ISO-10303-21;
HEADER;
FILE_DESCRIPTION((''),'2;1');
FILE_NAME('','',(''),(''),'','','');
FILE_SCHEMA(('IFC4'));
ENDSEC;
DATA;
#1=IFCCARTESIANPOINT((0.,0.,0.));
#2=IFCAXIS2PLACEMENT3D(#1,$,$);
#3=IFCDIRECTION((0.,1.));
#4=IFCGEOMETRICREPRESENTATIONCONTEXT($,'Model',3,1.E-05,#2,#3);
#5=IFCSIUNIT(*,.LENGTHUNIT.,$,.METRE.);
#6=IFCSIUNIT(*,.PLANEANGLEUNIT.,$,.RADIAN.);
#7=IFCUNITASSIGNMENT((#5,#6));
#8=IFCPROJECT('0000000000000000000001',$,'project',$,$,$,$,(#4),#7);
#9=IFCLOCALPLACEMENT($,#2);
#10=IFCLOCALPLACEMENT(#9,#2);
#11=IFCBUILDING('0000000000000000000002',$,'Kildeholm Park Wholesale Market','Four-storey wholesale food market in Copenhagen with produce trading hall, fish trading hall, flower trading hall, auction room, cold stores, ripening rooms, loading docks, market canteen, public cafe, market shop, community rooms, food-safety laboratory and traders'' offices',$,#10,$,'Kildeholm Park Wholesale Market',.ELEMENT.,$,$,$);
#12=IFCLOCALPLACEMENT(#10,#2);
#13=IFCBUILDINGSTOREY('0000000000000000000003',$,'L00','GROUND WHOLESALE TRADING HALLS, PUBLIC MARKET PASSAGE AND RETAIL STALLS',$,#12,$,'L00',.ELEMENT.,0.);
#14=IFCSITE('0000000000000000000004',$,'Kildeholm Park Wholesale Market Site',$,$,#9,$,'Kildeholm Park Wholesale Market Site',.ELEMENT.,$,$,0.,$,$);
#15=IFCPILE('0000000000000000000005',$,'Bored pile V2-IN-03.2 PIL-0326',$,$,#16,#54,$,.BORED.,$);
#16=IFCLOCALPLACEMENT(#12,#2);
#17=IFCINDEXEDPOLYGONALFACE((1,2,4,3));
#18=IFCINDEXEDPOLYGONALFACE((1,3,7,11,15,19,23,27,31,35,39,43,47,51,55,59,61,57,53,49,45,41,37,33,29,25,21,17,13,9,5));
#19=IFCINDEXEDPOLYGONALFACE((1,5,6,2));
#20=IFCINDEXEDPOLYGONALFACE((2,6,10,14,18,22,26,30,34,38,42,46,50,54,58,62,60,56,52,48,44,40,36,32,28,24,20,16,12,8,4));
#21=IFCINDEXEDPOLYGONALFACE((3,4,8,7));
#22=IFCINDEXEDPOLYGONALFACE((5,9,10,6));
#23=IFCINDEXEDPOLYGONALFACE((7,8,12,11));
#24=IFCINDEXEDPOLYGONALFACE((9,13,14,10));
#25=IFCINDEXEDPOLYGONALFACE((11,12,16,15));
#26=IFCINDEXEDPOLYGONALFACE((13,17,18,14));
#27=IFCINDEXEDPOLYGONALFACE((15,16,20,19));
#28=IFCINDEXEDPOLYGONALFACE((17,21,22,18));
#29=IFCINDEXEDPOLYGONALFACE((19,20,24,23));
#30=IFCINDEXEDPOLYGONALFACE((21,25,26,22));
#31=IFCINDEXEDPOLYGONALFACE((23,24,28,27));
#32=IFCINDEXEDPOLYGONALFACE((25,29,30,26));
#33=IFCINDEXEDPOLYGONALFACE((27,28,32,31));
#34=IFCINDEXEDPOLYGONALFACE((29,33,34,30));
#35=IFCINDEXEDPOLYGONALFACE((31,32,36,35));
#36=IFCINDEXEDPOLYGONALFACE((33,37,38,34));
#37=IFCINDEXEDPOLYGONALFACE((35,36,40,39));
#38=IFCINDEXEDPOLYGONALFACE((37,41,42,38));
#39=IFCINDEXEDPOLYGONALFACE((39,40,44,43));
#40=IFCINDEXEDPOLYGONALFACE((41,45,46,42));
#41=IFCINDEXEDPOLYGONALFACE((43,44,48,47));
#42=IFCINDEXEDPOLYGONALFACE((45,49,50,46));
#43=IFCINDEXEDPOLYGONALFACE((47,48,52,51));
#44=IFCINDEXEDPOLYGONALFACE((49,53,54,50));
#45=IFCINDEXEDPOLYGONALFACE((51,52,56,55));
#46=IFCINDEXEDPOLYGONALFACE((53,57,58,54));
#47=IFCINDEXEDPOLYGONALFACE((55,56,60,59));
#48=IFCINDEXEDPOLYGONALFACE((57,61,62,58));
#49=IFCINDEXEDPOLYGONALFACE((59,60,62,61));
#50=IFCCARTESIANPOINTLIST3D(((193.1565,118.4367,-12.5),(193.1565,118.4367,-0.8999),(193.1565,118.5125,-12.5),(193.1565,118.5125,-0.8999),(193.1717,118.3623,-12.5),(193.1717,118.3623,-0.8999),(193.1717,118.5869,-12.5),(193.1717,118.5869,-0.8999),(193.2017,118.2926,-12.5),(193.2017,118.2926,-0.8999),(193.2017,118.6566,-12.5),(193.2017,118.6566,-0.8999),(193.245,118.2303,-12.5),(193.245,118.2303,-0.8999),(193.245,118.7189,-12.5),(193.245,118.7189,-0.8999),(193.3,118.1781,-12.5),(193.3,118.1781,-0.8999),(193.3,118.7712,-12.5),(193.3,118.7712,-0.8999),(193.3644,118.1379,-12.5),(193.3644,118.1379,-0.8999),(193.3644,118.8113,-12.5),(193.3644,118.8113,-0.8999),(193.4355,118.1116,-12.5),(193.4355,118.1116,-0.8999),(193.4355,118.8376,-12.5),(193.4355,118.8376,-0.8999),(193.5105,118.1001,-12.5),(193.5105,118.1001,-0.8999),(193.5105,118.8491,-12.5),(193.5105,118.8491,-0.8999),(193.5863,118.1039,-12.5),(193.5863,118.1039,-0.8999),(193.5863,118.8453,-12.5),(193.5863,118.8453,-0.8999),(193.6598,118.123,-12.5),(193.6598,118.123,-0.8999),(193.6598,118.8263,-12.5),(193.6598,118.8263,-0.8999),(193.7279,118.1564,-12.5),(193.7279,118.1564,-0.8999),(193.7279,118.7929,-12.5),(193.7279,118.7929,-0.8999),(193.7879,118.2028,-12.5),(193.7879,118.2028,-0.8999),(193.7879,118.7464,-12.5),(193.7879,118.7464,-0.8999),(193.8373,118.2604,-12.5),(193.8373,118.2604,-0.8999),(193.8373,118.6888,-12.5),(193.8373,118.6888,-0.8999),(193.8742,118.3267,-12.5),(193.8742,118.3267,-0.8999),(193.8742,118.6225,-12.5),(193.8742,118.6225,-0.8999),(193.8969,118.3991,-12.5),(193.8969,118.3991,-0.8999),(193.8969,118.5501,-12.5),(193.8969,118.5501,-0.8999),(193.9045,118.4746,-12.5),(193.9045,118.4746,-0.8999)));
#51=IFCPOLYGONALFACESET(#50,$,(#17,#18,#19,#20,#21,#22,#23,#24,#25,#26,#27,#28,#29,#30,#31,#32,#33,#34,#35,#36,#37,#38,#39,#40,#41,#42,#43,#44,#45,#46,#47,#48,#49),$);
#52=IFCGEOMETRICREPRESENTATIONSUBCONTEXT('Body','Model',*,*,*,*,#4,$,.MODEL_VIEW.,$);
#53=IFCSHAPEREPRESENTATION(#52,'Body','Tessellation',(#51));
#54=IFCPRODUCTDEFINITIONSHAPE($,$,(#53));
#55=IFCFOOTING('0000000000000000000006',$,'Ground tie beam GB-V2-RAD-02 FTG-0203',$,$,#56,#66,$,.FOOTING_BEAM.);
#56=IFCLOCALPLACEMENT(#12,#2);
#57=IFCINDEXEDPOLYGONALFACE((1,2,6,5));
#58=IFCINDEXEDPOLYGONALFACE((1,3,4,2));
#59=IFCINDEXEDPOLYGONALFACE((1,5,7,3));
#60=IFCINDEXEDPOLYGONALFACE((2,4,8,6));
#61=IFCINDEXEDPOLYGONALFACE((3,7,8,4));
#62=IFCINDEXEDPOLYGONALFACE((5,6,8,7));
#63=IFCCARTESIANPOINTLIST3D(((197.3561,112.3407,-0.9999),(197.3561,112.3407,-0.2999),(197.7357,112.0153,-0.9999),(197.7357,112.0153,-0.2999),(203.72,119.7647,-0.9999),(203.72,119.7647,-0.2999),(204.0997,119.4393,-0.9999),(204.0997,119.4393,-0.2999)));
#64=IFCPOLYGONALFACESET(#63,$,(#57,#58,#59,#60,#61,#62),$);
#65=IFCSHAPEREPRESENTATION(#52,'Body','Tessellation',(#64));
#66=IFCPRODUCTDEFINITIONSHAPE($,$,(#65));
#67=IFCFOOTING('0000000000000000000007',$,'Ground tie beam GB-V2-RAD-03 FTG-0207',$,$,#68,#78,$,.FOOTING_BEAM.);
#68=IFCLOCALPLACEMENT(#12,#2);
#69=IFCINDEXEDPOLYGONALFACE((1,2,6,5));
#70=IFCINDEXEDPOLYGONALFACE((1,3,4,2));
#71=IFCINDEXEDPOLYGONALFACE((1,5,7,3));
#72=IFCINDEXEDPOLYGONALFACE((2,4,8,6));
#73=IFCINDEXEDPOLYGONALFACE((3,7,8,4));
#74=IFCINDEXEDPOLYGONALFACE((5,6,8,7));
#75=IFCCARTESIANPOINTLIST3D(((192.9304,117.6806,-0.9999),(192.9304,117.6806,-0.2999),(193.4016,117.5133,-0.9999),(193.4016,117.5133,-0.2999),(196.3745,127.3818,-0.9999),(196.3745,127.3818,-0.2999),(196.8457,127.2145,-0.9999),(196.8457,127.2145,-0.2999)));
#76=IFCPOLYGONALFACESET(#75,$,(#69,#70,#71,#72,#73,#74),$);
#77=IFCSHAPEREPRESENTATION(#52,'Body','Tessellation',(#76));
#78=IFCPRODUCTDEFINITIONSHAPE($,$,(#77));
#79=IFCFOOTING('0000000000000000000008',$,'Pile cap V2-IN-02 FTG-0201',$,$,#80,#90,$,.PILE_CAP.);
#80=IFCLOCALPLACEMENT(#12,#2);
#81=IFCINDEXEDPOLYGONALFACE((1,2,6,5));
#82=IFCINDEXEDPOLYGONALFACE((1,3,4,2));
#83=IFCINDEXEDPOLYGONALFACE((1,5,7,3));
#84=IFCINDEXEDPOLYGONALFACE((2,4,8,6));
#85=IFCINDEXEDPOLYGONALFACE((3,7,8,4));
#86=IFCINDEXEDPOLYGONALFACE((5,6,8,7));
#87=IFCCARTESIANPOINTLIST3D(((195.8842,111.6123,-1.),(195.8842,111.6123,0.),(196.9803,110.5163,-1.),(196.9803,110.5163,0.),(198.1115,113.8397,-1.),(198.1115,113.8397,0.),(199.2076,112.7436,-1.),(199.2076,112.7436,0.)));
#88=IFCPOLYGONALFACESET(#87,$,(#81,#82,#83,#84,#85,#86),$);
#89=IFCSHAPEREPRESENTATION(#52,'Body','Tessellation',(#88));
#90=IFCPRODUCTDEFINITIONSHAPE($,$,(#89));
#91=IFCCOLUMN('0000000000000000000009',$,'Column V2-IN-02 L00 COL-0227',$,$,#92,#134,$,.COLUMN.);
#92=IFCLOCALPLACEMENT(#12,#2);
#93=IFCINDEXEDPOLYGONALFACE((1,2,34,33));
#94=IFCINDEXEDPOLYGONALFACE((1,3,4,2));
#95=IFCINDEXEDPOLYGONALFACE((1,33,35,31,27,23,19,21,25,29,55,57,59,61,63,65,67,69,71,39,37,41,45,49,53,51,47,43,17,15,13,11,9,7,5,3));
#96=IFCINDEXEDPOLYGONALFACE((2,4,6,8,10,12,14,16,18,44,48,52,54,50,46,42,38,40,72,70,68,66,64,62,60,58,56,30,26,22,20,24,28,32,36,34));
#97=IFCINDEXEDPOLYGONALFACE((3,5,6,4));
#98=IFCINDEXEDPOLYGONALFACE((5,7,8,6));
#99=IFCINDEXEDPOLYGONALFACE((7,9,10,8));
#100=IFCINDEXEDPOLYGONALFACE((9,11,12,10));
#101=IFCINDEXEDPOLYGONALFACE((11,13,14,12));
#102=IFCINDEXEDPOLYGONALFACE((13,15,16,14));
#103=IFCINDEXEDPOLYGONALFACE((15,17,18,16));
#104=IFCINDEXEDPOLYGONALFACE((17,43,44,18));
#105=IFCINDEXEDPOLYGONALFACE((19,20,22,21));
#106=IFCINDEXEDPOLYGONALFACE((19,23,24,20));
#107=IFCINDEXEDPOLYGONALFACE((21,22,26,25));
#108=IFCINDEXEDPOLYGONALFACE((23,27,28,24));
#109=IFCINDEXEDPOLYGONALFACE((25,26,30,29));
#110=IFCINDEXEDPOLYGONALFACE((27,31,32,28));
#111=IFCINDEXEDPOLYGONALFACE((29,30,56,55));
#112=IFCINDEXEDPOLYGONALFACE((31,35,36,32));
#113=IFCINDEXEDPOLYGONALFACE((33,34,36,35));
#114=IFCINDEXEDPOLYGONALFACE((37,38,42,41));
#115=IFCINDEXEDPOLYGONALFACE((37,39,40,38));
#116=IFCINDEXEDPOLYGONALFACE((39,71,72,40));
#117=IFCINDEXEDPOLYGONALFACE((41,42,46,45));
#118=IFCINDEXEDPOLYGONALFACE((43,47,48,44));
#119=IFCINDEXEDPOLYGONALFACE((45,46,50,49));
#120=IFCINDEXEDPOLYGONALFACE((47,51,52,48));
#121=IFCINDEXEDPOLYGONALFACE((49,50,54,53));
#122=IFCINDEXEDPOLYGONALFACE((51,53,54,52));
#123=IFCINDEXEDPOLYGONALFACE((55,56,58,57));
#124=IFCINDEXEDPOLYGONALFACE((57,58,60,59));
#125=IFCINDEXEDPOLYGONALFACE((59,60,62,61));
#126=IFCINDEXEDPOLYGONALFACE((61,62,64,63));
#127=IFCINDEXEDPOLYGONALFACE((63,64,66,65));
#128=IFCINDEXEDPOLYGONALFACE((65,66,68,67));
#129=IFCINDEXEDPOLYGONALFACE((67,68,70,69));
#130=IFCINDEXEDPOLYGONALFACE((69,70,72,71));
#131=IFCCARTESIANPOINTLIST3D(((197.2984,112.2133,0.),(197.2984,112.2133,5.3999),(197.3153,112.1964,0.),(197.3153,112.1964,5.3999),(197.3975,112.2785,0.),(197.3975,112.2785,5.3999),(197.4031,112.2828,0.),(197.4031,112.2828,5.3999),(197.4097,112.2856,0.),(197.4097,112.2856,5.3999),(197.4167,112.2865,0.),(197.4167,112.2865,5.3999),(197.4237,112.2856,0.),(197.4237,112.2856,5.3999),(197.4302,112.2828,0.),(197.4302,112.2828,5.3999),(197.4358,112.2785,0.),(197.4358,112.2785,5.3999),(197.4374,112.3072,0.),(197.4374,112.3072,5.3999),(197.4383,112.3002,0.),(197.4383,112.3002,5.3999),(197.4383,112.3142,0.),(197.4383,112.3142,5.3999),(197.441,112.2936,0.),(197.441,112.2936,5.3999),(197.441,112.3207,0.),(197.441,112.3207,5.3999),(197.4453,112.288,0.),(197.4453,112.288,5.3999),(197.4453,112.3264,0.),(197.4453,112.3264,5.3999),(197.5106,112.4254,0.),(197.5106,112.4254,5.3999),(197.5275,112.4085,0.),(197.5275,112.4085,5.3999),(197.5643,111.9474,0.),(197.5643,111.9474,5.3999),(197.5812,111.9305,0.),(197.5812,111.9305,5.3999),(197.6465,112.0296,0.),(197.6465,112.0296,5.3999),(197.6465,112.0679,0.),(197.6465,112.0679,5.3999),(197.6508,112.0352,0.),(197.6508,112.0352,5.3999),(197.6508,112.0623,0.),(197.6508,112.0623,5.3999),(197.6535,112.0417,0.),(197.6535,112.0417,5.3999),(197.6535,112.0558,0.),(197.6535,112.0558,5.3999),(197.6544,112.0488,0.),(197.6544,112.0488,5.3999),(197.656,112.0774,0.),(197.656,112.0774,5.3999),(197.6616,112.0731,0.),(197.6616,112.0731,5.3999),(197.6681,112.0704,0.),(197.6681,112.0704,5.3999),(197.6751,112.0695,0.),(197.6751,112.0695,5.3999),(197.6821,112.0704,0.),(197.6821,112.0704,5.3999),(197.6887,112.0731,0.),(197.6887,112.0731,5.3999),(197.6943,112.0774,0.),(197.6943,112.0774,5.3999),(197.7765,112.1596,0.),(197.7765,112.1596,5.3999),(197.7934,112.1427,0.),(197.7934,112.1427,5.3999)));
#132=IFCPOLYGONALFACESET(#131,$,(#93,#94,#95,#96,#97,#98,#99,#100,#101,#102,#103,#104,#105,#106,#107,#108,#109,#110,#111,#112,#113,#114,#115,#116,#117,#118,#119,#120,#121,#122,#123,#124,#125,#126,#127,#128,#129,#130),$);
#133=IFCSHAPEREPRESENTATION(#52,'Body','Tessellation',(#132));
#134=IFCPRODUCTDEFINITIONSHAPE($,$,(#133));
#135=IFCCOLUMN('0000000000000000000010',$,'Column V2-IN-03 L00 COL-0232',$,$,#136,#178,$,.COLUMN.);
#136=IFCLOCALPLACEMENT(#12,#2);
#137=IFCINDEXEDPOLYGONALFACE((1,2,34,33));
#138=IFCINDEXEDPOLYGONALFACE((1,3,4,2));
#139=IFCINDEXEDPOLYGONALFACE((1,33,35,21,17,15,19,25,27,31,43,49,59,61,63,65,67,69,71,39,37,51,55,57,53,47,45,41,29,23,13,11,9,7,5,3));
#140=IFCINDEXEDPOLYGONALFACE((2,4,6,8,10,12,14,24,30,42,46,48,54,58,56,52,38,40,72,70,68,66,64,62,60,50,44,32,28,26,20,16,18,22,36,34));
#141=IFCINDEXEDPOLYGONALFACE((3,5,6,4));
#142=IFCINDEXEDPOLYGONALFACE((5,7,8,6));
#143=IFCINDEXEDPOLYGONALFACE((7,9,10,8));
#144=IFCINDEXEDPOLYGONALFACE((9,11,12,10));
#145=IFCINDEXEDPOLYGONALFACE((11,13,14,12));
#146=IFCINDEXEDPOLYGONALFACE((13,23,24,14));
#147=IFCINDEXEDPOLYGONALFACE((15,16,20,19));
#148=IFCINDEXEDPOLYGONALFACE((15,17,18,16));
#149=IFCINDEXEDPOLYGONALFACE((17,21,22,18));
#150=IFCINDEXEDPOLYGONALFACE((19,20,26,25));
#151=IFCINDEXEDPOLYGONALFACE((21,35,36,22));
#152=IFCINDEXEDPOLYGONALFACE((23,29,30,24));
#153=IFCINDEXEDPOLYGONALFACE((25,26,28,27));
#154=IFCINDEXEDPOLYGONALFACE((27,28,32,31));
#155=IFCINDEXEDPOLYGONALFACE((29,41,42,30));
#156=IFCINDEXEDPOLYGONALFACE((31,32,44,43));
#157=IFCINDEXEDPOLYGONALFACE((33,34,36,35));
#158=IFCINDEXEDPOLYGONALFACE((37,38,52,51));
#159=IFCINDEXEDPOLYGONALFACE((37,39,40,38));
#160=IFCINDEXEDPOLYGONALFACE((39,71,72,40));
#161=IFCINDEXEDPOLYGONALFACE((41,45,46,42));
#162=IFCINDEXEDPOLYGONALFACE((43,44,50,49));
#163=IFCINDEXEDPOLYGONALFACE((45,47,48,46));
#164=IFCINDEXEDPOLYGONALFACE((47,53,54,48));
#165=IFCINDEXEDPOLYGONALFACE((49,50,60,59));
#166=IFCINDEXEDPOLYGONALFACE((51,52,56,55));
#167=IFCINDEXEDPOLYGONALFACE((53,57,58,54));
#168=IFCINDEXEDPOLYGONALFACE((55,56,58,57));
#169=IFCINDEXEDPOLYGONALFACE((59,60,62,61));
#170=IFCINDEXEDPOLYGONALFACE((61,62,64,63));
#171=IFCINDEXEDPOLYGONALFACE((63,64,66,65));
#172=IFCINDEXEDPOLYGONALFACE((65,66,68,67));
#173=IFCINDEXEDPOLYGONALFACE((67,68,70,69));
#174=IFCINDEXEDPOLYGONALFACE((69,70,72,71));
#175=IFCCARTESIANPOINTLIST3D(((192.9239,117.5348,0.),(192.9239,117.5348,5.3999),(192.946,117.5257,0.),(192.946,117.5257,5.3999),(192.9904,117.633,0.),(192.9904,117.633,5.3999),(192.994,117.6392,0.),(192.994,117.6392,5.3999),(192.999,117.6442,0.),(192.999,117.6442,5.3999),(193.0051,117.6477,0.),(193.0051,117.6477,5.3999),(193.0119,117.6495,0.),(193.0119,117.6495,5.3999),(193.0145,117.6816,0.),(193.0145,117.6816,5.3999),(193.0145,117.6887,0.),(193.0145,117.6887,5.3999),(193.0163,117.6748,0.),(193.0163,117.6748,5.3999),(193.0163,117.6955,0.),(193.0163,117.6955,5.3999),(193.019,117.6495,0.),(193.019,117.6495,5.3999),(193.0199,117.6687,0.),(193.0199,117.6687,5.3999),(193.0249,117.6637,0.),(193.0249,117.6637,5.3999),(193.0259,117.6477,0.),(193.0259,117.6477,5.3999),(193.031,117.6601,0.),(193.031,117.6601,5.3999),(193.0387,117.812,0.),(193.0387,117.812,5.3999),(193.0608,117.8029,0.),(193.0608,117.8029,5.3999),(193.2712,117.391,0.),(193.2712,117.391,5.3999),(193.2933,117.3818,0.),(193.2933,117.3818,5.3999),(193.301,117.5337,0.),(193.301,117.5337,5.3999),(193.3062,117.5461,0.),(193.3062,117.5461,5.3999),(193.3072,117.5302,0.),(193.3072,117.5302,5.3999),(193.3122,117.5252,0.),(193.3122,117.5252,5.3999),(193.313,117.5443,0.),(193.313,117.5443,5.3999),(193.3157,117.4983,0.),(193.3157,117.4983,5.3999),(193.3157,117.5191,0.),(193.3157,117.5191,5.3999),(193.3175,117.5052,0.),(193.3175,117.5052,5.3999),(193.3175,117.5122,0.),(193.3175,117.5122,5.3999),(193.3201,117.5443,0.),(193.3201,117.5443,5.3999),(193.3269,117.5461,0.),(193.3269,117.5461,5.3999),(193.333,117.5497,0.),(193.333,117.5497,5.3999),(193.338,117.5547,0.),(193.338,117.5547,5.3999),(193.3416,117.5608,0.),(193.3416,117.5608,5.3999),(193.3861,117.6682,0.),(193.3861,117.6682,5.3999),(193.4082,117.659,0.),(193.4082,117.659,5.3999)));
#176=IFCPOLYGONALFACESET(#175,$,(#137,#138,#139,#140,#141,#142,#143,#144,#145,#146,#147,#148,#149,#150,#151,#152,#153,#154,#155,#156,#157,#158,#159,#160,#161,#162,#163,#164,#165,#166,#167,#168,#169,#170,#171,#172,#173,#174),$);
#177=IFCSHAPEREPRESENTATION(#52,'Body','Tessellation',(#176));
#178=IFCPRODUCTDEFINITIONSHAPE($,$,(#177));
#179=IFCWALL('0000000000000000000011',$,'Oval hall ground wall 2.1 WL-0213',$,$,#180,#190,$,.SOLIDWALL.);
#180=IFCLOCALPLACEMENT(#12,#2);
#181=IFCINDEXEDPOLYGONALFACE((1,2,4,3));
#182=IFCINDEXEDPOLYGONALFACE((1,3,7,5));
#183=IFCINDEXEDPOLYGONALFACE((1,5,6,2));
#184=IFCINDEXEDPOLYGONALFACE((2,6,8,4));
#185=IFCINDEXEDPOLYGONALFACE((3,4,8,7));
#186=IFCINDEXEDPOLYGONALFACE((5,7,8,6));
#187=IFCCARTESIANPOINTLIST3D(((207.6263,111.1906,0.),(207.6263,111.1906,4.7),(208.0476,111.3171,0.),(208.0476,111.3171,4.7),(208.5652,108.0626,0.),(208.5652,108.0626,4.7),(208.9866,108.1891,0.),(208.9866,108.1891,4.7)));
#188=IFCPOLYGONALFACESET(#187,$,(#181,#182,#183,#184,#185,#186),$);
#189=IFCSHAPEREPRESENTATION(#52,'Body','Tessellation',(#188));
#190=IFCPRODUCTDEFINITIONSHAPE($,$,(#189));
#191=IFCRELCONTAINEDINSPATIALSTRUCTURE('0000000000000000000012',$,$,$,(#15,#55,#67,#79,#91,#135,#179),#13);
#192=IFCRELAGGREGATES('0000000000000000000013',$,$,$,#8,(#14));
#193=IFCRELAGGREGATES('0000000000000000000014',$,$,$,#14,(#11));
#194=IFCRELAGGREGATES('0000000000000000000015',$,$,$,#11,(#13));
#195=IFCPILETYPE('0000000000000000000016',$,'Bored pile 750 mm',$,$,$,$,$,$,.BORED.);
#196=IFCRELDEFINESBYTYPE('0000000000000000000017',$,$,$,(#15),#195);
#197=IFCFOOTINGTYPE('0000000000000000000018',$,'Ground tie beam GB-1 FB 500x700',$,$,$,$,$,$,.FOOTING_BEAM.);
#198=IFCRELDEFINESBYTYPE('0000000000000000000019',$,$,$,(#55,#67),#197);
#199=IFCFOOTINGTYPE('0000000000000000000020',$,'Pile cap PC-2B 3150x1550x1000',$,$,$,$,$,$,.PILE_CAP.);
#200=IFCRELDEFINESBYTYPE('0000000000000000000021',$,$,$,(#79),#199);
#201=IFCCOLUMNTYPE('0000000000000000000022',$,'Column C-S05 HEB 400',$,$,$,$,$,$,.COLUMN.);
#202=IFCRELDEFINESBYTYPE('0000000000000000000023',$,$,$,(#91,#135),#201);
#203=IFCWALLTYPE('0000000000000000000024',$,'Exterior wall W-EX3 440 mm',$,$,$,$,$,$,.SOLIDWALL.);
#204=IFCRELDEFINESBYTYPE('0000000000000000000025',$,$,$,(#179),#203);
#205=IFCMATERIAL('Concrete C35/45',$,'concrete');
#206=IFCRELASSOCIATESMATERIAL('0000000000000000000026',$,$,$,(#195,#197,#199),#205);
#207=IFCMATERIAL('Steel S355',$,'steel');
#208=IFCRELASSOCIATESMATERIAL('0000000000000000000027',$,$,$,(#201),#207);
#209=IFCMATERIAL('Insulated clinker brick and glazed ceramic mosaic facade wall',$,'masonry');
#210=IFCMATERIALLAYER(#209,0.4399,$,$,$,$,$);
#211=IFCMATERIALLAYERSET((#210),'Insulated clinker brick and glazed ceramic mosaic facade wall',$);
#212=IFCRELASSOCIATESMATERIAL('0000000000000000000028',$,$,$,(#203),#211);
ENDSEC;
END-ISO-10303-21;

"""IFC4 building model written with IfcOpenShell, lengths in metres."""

from ifc_helpers import new_model, si_unit, direction, frame, frame_2d, origin, origin_2d, place, context, subcontext, project, spatial, rectangle, circle, i_section, extrude, material, layer, layer_set, material_profile, profile_set, type_object, element, save


model = new_model("IFC4")

# Units and contexts
model_context = context("Model", 3, precision=1e-05, world=origin(), true_north=direction((0.0, 1.0)))
body_context = subcontext(model_context, "Body", "Model", "MODEL_VIEW")
ifc_project = project(units=[si_unit("LENGTHUNIT", "METRE"), si_unit("PLANEANGLEUNIT", "RADIAN")], contexts=[model_context])

# Site, building, storey
site_placement = place(None, origin())
site = spatial("IfcSite", under=ifc_project, at=site_placement, Name="Kildeholm Park Wholesale Market Site", LongName="Kildeholm Park Wholesale Market Site", CompositionType="ELEMENT", RefElevation=0.0)
building_placement = place(site_placement, origin())
building = spatial("IfcBuilding", under=site, at=building_placement, Name="Kildeholm Park Wholesale Market", Description="Four-storey wholesale food market in Copenhagen with produce trading hall, fish trading hall, flower trading hall, auction room, cold stores, ripening rooms, loading docks, market canteen, public cafe, market shop, community rooms, food-safety laboratory and traders' offices", LongName="Kildeholm Park Wholesale Market", CompositionType="ELEMENT")
storey_placement = place(building_placement, origin())
storey = spatial("IfcBuildingStorey", under=building, at=storey_placement, Name="L00", Description="GROUND WHOLESALE TRADING HALLS, PUBLIC MARKET PASSAGE AND RETAIL STALLS", LongName="L00", CompositionType="ELEMENT", Elevation=0.0)

# Pile
ifc_material_1 = material(Name="Concrete C35/45", Category="concrete")
ifc_material_profile_1 = material_profile(ifc_material_1, circle(Radius=0.375, at=origin_2d()), Name="PILE D750")
ifc_profile_set_1 = profile_set([ifc_material_profile_1], Name="Concrete C35/45")
pile_type = type_object("IfcPileType", Name="Bored pile 750 mm", PredefinedType="BORED", material=ifc_profile_set_1)
pile_1_placement = place(storey_placement, frame((193.5295, 118.4746, -0.8999), z_axis=(0.0, 0.0, -1.0), x_axis=(1.0, 0.0, 0.0)))
element("IfcPile", 1, at=pile_1_placement, inside=storey, type_object=pile_type, Name="Bored pile V2-IN-03.2 PIL-0326", PredefinedType="BORED", context=body_context, shape_type="SweptSolid", body=[
    extrude(circle(Radius=0.375, at=origin_2d()), origin(), (0.0, 0.0, 1.0), 11.6001),
])

# Footings
ifc_material_profile_2 = material_profile(ifc_material_1, rectangle(XDim=0.5, YDim=0.7, at=origin_2d()), Name="FB 500x700")
ifc_profile_set_2 = profile_set([ifc_material_profile_2], Name="Concrete C35/45")
footing_type_1 = type_object("IfcFootingType", Name="Ground tie beam GB-1 FB 500x700", PredefinedType="FOOTING_BEAM", material=ifc_profile_set_2)
footing_1_placement = place(storey_placement, frame((197.5459, 112.178, -0.6499), z_axis=(0.650822, 0.75923, 0.0), x_axis=(-0.75923, 0.650822, 0.0)))
element("IfcFooting", 2, at=footing_1_placement, inside=storey, type_object=footing_type_1, Name="Ground tie beam GB-V2-RAD-02 FTG-0203", PredefinedType="FOOTING_BEAM", context=body_context, shape_type="SweptSolid", body=[
    extrude(rectangle(XDim=0.5, YDim=0.7, at=origin_2d()), origin(), (0.0, 0.0, 1.0), 9.7783),
])
footing_2_placement = place(storey_placement, frame((193.166, 117.5969, -0.6499), z_axis=(0.33456, 0.942374, 0.0), x_axis=(-0.942374, 0.33456, 0.0)))
element("IfcFooting", 3, at=footing_2_placement, inside=storey, type_object=footing_type_1, Name="Ground tie beam GB-V2-RAD-03 FTG-0207", PredefinedType="FOOTING_BEAM", context=body_context, shape_type="SweptSolid", body=[
    extrude(rectangle(XDim=0.5, YDim=0.7, at=origin_2d()), origin(), (0.0, 0.0, 1.0), 10.2944),
])
footing_type_2 = type_object("IfcFootingType", Name="Pile cap PC-2B 3150x1550x1000", PredefinedType="PILE_CAP", material=ifc_material_1)
footing_3_placement = place(storey_placement, frame((197.5459, 112.178, -1.0), z_axis=(0.0, 0.0, 1.0), x_axis=(0.707107, 0.707107, 0.0)))
element("IfcFooting", 4, at=footing_3_placement, inside=storey, type_object=footing_type_2, Name="Pile cap V2-IN-02 FTG-0201", PredefinedType="PILE_CAP", context=body_context, shape_type="SweptSolid", body=[
    extrude(rectangle(XDim=3.1499, YDim=1.55, at=origin_2d()), origin(), (0.0, 0.0, 1.0), 1.0),
])

# Columns
ifc_material_2 = material(Name="Steel S355", Category="steel")
ifc_material_profile_3 = material_profile(ifc_material_2, i_section(OverallWidth=0.3, OverallDepth=0.3999, WebThickness=0.0134, FlangeThickness=0.0239, FilletRadius=0.0271, at=origin_2d()), Name="HEB 400")
ifc_profile_set_3 = profile_set([ifc_material_profile_3], Name="Steel S355")
column_type = type_object("IfcColumnType", Name="Column C-S05 HEB 400", PredefinedType="COLUMN", material=ifc_profile_set_3)
for number, where, z_axis, x_axis, name in (
    (5, (197.5459, 112.178, 0.0), (0.0, 0.0, 1.0), (0.707107, 0.707107, 0.0), "Column V2-IN-02 L00 COL-0227"),
    (6, (193.166, 117.5969, 0.0), (0.0, 0.0, 1.0), (0.382683, 0.92388, 0.0), "Column V2-IN-03 L00 COL-0232"),
):
    element("IfcColumn", number, at=place(storey_placement, frame(where, z_axis=z_axis, x_axis=x_axis)), inside=storey, type_object=column_type, Name=name, PredefinedType="COLUMN", context=body_context, shape_type="SweptSolid", body=[
        extrude(i_section(OverallWidth=0.3, OverallDepth=0.3999, WebThickness=0.0134, FlangeThickness=0.0239, FilletRadius=0.0271, at=origin_2d()), origin(), (0.0, 0.0, 1.0), 5.3999),
    ])

# Wall
ifc_material_3 = material(Name="Insulated clinker brick and glazed ceramic mosaic facade wall", Category="masonry")
ifc_layer_1 = layer(ifc_material_3, 0.4399)
ifc_layer_set_1 = layer_set([ifc_layer_1], Name="Insulated clinker brick and glazed ceramic mosaic facade wall")
wall_type = type_object("IfcWallType", Name="Exterior wall W-EX3 440 mm", PredefinedType="SOLIDWALL", material=ifc_layer_set_1)
wall_1_placement = place(storey_placement, frame((208.7759, 108.126, 0.0), z_axis=(0.0, 0.0, 1.0), x_axis=(-0.287512, 0.957777, 0.0)))
element("IfcWall", 7, at=wall_1_placement, inside=storey, type_object=wall_type, Name="Oval hall ground wall 2.1 WL-0213", PredefinedType="SOLIDWALL", context=body_context, shape_type="SweptSolid", body=[
    extrude(rectangle(XDim=3.2659, YDim=0.4399, at=frame_2d((1.6328, 0.0))), origin(), (0.0, 0.0, 1.0), 4.7),
])

save(model, "model.ifc")
